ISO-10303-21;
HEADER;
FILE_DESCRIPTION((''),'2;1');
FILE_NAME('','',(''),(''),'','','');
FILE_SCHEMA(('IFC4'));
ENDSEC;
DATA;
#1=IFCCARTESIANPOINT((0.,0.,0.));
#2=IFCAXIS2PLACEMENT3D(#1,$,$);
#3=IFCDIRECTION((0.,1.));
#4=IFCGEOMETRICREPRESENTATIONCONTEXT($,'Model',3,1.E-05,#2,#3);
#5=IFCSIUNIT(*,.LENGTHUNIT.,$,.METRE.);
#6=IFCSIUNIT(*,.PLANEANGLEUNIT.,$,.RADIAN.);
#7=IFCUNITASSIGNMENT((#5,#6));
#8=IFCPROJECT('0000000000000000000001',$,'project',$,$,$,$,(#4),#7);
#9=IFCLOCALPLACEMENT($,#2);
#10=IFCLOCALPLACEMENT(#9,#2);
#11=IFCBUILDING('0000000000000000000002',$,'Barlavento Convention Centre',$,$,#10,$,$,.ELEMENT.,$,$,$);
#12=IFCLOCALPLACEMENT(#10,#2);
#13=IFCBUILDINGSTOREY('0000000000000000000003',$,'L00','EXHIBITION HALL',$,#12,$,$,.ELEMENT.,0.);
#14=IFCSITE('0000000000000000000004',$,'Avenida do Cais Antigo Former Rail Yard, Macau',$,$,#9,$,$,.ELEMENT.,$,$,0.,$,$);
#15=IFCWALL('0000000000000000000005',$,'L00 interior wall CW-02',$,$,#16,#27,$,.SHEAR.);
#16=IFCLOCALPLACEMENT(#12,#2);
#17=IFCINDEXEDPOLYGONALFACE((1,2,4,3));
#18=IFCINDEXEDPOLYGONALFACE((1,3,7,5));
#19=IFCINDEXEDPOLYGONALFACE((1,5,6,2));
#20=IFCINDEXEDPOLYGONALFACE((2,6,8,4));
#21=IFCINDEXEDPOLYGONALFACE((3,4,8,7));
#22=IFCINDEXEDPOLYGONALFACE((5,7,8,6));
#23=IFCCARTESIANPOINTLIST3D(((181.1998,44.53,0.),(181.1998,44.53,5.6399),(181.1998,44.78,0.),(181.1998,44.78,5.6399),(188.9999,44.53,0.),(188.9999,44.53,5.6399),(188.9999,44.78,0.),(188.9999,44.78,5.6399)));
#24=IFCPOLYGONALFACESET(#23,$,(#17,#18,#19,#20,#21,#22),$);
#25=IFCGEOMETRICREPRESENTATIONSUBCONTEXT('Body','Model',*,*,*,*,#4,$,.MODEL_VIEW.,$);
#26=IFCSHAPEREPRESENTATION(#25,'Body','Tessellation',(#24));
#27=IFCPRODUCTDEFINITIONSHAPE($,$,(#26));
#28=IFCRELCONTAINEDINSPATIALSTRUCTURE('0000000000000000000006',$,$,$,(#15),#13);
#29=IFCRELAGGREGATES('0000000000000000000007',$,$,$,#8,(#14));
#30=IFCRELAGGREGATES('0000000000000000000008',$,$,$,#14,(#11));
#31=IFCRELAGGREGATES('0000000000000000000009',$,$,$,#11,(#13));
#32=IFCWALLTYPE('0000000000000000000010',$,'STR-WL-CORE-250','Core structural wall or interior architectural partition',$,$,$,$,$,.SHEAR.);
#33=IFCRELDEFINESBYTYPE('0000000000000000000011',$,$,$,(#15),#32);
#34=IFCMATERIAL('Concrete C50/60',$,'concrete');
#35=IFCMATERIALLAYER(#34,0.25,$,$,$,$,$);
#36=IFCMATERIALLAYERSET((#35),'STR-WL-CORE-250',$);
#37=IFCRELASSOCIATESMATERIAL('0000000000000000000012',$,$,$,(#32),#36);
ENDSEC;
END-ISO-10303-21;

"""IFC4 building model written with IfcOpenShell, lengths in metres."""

from ifc_helpers import new_model, si_unit, direction, frame, frame_2d, origin, place, context, subcontext, project, spatial, rectangle, extrude, material, layer, layer_set, type_object, element, save


model = new_model("IFC4")

# Units and contexts
model_context = context("Model", 3, precision=1e-05, world=origin(), true_north=direction((0.0, 1.0)))
body_context = subcontext(model_context, "Body", "Model", "MODEL_VIEW")
ifc_project = project(units=[si_unit("LENGTHUNIT", "METRE"), si_unit("PLANEANGLEUNIT", "RADIAN")], contexts=[model_context])

# Site, building, storey
site_placement = place(None, origin())
site = spatial("IfcSite", under=ifc_project, at=site_placement, Name="Avenida do Cais Antigo Former Rail Yard, Macau", CompositionType="ELEMENT", RefElevation=0.0)
building_placement = place(site_placement, origin())
building = spatial("IfcBuilding", under=site, at=building_placement, Name="Barlavento Convention Centre", CompositionType="ELEMENT")
storey_placement = place(building_placement, origin())
storey = spatial("IfcBuildingStorey", under=building, at=storey_placement, Name="L00", Description="EXHIBITION HALL", CompositionType="ELEMENT", Elevation=0.0)

# Shared definitions
ifc_material_1 = material(Name="Concrete C50/60", Category="concrete")

# Shared definitions
ifc_layer = layer(ifc_material_1, 0.25)
ifc_layer_set = layer_set([ifc_layer], Name="STR-WL-CORE-250")
wall_type = type_object("IfcWallType", Name="STR-WL-CORE-250", Description="Core structural wall or interior architectural partition", PredefinedType="SHEAR", material=ifc_layer_set)

# Wall
for number, where, z_axis, x_axis, name in (
    (1, (181.2, 44.655, 0.0), (0.0, 0.0, 1.0), (1.0, 0.0, 0.0), "L00 interior wall CW-02"),
):
    element("IfcWall", number, at=place(storey_placement, frame(where, z_axis=z_axis, x_axis=x_axis)), inside=storey, type_object=wall_type, Name=name, PredefinedType="SHEAR", context=body_context, shape_type="SweptSolid", body=[
        extrude(rectangle(XDim=7.8, YDim=0.25, at=frame_2d((3.8999, 0.0))), origin(), (0.0, 0.0, 1.0), 5.6399),
    ])

save(model, "model.ifc")
